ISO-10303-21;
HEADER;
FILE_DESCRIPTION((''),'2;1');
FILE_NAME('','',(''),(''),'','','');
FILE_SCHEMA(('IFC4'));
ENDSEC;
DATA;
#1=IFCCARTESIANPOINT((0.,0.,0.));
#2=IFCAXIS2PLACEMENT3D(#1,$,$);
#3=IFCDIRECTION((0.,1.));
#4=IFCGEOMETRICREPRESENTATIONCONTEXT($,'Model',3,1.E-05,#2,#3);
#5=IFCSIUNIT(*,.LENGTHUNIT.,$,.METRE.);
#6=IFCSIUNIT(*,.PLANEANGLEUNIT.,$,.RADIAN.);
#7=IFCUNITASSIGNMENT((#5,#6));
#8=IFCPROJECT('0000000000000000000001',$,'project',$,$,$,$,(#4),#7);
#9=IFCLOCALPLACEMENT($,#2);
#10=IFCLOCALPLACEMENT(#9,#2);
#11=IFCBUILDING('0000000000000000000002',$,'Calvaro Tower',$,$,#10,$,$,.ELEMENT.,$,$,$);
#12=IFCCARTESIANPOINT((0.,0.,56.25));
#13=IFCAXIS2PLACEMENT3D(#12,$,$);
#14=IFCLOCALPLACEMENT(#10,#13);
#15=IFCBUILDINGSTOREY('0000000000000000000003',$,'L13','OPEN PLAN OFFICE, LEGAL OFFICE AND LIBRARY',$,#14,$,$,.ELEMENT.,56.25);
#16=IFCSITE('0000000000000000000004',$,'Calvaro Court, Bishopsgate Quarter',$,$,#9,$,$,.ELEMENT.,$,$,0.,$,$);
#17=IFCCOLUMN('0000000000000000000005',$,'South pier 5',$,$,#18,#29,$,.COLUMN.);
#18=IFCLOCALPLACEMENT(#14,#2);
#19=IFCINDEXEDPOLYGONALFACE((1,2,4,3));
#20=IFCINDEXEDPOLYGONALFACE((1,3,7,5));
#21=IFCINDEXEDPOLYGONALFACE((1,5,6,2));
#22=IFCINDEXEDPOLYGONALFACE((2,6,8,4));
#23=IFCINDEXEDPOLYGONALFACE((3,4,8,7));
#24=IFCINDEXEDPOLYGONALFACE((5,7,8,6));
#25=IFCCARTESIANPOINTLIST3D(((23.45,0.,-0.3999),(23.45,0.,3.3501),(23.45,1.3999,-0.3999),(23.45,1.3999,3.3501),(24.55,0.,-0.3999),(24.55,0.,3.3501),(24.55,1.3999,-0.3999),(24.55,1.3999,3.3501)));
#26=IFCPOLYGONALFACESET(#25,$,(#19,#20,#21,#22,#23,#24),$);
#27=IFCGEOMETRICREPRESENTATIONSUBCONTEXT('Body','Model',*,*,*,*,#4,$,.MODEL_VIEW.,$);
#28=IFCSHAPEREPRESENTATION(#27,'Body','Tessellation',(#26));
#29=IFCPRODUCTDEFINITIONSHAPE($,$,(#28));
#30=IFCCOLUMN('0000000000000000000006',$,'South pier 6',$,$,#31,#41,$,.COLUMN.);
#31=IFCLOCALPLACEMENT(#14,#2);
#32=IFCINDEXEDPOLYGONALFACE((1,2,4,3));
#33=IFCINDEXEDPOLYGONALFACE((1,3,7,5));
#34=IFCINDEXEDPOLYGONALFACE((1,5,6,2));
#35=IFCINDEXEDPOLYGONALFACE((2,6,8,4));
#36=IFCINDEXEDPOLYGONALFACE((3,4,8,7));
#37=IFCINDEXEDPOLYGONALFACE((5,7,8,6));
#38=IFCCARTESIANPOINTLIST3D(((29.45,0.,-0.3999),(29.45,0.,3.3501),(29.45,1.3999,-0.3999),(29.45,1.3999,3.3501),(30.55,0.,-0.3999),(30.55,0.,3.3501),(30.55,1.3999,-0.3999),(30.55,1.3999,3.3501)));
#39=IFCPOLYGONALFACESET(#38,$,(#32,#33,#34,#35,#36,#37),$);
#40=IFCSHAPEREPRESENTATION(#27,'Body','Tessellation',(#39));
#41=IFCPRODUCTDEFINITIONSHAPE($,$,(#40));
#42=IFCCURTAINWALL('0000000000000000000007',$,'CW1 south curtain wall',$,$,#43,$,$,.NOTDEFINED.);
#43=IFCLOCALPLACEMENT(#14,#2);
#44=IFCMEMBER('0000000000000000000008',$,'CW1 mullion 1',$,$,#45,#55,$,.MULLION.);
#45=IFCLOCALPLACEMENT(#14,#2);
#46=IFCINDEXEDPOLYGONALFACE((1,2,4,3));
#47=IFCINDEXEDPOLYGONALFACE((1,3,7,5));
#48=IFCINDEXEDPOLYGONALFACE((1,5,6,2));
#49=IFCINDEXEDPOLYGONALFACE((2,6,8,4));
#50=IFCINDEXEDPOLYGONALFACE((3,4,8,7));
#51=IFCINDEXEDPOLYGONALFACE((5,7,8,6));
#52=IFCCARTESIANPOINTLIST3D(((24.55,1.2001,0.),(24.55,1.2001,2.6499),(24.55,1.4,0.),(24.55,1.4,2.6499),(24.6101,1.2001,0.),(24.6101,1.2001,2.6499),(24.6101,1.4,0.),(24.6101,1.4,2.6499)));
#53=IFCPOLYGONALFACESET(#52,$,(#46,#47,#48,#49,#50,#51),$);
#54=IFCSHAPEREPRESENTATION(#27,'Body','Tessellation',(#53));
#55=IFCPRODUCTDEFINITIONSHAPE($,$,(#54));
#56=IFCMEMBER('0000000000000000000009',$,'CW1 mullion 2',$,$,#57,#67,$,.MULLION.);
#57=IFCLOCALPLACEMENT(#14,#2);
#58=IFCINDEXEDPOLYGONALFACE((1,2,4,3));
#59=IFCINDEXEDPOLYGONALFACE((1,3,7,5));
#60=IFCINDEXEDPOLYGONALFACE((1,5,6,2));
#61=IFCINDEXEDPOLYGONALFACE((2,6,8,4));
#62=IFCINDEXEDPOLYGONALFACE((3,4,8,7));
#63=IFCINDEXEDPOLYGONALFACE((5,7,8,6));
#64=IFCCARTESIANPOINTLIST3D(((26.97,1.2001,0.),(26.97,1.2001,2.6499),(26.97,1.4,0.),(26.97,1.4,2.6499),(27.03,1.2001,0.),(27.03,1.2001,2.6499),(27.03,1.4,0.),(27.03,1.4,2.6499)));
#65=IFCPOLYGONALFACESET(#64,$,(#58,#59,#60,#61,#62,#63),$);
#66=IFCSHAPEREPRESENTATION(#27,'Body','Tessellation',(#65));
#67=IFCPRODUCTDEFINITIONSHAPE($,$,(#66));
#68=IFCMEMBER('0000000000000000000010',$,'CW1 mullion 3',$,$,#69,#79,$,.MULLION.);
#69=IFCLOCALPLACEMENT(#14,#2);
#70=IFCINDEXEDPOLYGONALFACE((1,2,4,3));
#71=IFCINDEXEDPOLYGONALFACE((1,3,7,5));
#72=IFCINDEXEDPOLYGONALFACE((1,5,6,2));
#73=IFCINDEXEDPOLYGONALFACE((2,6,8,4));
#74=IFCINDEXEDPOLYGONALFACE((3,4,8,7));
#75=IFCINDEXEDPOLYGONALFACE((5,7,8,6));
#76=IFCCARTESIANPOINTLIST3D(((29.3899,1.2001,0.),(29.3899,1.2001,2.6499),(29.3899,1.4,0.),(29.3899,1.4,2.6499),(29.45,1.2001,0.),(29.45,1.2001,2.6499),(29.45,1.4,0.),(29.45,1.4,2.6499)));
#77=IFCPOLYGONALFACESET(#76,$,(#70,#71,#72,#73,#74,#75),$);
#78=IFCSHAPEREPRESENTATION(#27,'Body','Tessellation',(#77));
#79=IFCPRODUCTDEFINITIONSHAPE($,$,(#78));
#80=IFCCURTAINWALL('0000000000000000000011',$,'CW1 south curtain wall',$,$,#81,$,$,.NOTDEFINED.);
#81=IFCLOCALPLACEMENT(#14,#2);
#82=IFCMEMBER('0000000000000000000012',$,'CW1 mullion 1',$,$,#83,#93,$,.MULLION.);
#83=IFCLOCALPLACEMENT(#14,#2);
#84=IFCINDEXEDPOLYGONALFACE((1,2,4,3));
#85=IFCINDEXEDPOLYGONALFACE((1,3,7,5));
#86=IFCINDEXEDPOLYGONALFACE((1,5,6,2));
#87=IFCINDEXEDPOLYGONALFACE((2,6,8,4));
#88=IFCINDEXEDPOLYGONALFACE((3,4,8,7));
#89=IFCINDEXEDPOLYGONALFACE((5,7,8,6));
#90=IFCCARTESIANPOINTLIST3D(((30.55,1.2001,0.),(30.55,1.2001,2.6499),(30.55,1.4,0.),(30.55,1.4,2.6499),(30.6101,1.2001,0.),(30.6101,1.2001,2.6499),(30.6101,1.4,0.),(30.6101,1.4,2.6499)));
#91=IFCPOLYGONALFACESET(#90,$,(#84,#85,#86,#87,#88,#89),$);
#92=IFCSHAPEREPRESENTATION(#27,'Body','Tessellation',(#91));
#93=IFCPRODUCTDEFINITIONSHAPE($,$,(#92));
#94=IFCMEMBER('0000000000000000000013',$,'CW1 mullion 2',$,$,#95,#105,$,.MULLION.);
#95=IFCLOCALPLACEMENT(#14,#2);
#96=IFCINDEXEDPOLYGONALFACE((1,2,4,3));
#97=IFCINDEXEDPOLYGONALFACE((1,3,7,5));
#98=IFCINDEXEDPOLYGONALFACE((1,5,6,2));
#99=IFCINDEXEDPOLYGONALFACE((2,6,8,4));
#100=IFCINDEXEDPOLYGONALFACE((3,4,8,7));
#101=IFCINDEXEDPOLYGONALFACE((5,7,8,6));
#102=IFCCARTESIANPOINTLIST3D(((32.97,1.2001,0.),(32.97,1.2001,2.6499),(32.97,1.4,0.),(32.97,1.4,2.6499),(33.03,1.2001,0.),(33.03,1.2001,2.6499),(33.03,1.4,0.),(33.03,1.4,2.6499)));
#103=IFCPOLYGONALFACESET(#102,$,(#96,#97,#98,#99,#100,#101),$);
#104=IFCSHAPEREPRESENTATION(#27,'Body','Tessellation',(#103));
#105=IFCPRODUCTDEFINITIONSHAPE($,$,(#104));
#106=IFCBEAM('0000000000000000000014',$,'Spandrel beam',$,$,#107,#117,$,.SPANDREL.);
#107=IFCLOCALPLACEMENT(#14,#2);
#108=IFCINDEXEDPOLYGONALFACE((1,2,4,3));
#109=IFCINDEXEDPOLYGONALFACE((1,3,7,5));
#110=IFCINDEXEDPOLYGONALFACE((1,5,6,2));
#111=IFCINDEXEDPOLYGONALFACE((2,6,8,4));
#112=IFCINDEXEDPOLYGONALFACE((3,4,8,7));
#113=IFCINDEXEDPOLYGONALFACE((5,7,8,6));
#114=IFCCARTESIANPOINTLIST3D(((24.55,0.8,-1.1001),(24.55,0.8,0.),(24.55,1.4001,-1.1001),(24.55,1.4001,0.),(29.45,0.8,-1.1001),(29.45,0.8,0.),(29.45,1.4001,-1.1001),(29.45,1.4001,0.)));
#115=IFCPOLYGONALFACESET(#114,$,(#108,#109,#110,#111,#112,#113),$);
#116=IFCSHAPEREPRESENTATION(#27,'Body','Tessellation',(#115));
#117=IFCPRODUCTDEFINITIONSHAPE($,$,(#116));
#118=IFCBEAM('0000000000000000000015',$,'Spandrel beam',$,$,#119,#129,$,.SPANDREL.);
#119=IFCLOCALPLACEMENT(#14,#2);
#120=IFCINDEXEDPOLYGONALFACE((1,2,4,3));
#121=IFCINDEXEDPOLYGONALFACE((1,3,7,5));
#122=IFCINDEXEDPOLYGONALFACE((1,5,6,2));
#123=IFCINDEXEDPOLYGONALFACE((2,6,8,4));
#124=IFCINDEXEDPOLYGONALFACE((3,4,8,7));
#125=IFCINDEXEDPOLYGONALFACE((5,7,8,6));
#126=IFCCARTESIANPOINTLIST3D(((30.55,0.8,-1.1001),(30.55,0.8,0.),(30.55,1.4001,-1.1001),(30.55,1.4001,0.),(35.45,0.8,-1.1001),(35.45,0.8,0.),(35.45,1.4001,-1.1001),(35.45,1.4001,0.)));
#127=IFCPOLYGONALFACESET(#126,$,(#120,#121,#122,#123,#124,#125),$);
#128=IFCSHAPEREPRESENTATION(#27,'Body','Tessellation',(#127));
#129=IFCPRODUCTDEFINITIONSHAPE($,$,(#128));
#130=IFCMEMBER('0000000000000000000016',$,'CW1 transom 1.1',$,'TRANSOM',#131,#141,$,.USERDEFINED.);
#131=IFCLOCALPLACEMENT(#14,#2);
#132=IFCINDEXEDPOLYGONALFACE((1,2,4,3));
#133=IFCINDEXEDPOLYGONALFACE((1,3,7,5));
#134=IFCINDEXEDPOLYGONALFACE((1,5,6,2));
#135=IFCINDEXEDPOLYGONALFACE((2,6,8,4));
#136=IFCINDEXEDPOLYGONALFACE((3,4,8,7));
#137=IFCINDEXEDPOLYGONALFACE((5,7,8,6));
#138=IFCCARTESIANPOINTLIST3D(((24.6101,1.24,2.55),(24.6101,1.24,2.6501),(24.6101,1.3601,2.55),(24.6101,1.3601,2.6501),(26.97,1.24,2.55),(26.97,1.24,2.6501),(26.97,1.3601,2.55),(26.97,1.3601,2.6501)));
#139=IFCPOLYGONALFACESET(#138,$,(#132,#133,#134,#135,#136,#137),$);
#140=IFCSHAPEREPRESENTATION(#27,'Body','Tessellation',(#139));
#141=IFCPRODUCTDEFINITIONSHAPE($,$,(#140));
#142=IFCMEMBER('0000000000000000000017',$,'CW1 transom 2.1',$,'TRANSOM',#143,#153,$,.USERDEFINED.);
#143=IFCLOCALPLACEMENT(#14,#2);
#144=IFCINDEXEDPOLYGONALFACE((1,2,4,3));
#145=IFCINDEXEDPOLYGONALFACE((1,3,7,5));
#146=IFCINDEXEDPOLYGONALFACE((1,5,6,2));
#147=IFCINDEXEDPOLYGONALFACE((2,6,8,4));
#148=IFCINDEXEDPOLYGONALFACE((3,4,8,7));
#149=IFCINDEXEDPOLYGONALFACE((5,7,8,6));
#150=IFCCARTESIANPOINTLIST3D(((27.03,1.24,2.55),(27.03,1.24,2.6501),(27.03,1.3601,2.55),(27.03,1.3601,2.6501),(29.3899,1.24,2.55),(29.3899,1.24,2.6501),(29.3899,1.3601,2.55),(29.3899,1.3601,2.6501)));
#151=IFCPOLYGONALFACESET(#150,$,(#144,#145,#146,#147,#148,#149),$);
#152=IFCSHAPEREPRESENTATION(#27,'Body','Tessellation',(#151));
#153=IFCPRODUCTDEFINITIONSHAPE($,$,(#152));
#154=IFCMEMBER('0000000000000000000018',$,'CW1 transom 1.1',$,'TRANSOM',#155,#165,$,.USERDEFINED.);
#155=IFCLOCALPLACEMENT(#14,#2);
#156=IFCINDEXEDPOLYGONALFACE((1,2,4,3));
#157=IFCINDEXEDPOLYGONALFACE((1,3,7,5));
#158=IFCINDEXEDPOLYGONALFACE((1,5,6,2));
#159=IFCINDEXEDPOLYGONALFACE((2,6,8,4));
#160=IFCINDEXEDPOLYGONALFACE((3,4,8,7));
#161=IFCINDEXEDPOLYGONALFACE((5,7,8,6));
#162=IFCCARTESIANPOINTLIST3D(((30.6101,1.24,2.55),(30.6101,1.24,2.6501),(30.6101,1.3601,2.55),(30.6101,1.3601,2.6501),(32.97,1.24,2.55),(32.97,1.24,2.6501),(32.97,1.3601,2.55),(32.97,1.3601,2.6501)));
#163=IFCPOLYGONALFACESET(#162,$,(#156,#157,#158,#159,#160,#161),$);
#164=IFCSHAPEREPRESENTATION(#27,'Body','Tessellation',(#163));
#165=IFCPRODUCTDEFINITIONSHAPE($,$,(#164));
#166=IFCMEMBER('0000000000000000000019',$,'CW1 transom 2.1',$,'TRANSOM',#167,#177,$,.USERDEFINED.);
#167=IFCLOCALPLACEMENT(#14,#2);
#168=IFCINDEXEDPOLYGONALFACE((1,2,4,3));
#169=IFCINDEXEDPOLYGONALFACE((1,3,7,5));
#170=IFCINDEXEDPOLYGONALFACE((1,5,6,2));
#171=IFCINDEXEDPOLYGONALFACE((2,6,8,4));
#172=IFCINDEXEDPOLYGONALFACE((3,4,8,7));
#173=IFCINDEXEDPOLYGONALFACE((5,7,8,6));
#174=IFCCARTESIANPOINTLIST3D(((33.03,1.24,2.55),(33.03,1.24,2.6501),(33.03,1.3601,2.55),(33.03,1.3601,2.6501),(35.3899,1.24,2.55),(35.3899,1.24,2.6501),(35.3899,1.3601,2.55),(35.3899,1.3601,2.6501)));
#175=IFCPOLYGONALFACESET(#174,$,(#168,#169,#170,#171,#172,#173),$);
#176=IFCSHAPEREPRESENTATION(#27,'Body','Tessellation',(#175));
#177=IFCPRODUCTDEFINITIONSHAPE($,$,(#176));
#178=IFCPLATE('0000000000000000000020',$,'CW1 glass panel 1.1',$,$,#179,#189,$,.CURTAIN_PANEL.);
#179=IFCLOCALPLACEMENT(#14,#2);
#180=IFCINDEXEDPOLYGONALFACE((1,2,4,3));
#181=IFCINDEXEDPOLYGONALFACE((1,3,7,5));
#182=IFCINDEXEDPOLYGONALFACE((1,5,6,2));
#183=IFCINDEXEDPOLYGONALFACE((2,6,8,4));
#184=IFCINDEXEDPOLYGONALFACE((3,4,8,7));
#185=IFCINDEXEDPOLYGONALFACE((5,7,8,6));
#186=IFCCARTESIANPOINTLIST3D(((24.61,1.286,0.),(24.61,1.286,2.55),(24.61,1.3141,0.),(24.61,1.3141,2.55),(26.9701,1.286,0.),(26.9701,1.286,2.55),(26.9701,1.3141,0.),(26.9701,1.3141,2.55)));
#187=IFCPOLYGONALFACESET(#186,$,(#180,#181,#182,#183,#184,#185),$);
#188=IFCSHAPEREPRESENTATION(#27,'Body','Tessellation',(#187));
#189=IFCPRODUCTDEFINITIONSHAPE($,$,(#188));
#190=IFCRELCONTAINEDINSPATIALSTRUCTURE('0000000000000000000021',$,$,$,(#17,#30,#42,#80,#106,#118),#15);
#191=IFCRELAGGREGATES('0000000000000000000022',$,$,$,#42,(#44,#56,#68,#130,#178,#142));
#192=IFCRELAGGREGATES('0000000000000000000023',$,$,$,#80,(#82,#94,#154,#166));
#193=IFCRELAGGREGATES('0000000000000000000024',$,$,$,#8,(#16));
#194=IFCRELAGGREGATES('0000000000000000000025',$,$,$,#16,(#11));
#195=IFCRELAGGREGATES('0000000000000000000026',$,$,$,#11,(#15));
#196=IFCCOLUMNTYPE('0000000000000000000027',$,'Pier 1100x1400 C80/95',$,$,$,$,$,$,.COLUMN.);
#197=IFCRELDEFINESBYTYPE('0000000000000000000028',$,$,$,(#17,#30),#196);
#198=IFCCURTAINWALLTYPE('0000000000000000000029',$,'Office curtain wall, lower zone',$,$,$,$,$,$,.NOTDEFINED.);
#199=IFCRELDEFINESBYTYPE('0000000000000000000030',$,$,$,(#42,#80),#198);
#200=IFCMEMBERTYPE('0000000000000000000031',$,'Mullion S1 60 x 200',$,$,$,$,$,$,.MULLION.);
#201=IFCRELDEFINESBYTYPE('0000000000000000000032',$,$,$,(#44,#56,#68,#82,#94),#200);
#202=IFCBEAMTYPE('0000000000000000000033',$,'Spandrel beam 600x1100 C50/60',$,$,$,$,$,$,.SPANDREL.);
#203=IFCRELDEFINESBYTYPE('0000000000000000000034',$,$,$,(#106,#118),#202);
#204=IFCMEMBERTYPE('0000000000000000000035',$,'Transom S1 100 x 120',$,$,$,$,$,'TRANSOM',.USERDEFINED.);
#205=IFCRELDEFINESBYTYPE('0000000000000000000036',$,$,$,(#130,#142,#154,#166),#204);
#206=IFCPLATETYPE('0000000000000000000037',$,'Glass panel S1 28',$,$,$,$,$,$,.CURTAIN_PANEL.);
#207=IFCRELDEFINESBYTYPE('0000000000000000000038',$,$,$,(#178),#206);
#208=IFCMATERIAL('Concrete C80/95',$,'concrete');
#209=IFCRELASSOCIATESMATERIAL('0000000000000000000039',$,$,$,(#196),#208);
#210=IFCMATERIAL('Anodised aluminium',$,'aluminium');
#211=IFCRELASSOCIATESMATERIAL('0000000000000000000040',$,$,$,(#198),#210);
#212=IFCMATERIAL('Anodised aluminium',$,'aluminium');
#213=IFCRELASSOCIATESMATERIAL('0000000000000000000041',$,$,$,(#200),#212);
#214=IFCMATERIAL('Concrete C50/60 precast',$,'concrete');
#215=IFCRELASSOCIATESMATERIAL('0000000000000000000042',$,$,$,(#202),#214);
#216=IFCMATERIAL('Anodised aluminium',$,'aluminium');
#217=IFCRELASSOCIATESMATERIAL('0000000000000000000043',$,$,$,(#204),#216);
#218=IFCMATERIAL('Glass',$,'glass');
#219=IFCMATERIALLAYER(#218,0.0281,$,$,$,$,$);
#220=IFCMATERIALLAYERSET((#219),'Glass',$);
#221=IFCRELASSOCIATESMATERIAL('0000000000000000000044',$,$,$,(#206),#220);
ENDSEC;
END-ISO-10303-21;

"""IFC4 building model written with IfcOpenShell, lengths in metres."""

from ifc_helpers import new_model, si_unit, direction, frame, origin, origin_2d, place, context, subcontext, project, spatial, rectangle, extrude, material, layer, layer_set, material_profile, profile_set, type_object, element, aggregate, save


model = new_model("IFC4")

# Units and contexts
model_context = context("Model", 3, precision=1e-05, world=origin(), true_north=direction((0.0, 1.0)))
body_context = subcontext(model_context, "Body", "Model", "MODEL_VIEW")
ifc_project = project(units=[si_unit("LENGTHUNIT", "METRE"), si_unit("PLANEANGLEUNIT", "RADIAN")], contexts=[model_context])

# Site, building, storey
site_placement = place(None, origin())
site = spatial("IfcSite", under=ifc_project, at=site_placement, Name="Calvaro Court, Bishopsgate Quarter", CompositionType="ELEMENT", RefElevation=0.0)
building_placement = place(site_placement, origin())
building = spatial("IfcBuilding", under=site, at=building_placement, Name="Calvaro Tower", CompositionType="ELEMENT")
storey_placement = place(building_placement, frame((0.0, 0.0, 56.25)))
storey = spatial("IfcBuildingStorey", under=building, at=storey_placement, Name="L13", Description="OPEN PLAN OFFICE, LEGAL OFFICE AND LIBRARY", CompositionType="ELEMENT", Elevation=56.25)

# Columns
ifc_material_1 = material(Name="Concrete C80/95", Category="concrete")
ifc_material_profile_1 = material_profile(ifc_material_1, rectangle(XDim=1.1001, YDim=1.3999, at=origin_2d()), Name="RC 1100x1400")
ifc_profile_set_1 = profile_set([ifc_material_profile_1], Name="Concrete C80/95")
column_type = type_object("IfcColumnType", Name="Pier 1100x1400 C80/95", PredefinedType="COLUMN", material=ifc_profile_set_1)
for number, where, z_axis, x_axis, name in (
    (1, (24.0, 0.7, -0.3999), (0.0, 0.0, 1.0), (1.0, 0.0, 0.0), "South pier 5"),
    (2, (30.0, 0.7, -0.3999), (0.0, 0.0, 1.0), (1.0, 0.0, 0.0), "South pier 6"),
):
    element("IfcColumn", number, at=place(storey_placement, frame(where, z_axis=z_axis, x_axis=x_axis)), inside=storey, type_object=column_type, Name=name, PredefinedType="COLUMN", context=body_context, shape_type="SweptSolid", body=[
        extrude(rectangle(XDim=1.1001, YDim=1.3999, at=origin_2d()), origin(), (0.0, 0.0, 1.0), 3.75),
    ])

# Curtain walls, members
ifc_material_2 = material(Name="Anodised aluminium", Category="aluminium")
curtain_wall_type = type_object("IfcCurtainWallType", Name="Office curtain wall, lower zone", PredefinedType="NOTDEFINED", material=ifc_material_2)
curtain_wall_1_placement = place(storey_placement, origin())
curtain_wall_1 = element("IfcCurtainWall", 3, at=curtain_wall_1_placement, inside=storey, type_object=curtain_wall_type, Name="CW1 south curtain wall", PredefinedType="NOTDEFINED")
ifc_material_3 = material(Name="Anodised aluminium", Category="aluminium")
ifc_material_profile_2 = material_profile(ifc_material_3, rectangle(XDim=0.2, YDim=0.0601, at=origin_2d()), Name="Mullion S1 60 x 200")
ifc_profile_set_2 = profile_set([ifc_material_profile_2], Name="Anodised aluminium")
member_type_1 = type_object("IfcMemberType", Name="Mullion S1 60 x 200", PredefinedType="MULLION", material=ifc_profile_set_2)
member_1_placement = place(storey_placement, frame((24.5801, 1.3, 0.0), z_axis=(0.0, 0.0, 1.0), x_axis=(0.0, 1.0, 0.0)))
member_1 = element("IfcMember", 4, at=member_1_placement, type_object=member_type_1, Name="CW1 mullion 1", PredefinedType="MULLION", context=body_context, shape_type="SweptSolid", body=[
    extrude(rectangle(XDim=0.2, YDim=0.0601, at=origin_2d()), origin(), (0.0, 0.0, 1.0), 2.6499),
])
member_2_placement = place(storey_placement, frame((27.0, 1.3, 0.0), z_axis=(0.0, 0.0, 1.0), x_axis=(0.0, 1.0, 0.0)))
member_2 = element("IfcMember", 5, at=member_2_placement, type_object=member_type_1, Name="CW1 mullion 2", PredefinedType="MULLION", context=body_context, shape_type="SweptSolid", body=[
    extrude(rectangle(XDim=0.2, YDim=0.0601, at=origin_2d()), origin(), (0.0, 0.0, 1.0), 2.6499),
])
member_3_placement = place(storey_placement, frame((29.4199, 1.3, 0.0), z_axis=(0.0, 0.0, 1.0), x_axis=(0.0, 1.0, 0.0)))
member_3 = element("IfcMember", 6, at=member_3_placement, type_object=member_type_1, Name="CW1 mullion 3", PredefinedType="MULLION", context=body_context, shape_type="SweptSolid", body=[
    extrude(rectangle(XDim=0.2, YDim=0.0601, at=origin_2d()), origin(), (0.0, 0.0, 1.0), 2.6499),
])
curtain_wall_2_placement = place(storey_placement, origin())
curtain_wall_2 = element("IfcCurtainWall", 7, at=curtain_wall_2_placement, inside=storey, type_object=curtain_wall_type, Name="CW1 south curtain wall", PredefinedType="NOTDEFINED")
member_4_placement = place(storey_placement, frame((30.5801, 1.3, 0.0), z_axis=(0.0, 0.0, 1.0), x_axis=(0.0, 1.0, 0.0)))
member_4 = element("IfcMember", 8, at=member_4_placement, type_object=member_type_1, Name="CW1 mullion 1", PredefinedType="MULLION", context=body_context, shape_type="SweptSolid", body=[
    extrude(rectangle(XDim=0.2, YDim=0.0601, at=origin_2d()), origin(), (0.0, 0.0, 1.0), 2.6499),
])
member_5_placement = place(storey_placement, frame((33.0, 1.3, 0.0), z_axis=(0.0, 0.0, 1.0), x_axis=(0.0, 1.0, 0.0)))
member_5 = element("IfcMember", 9, at=member_5_placement, type_object=member_type_1, Name="CW1 mullion 2", PredefinedType="MULLION", context=body_context, shape_type="SweptSolid", body=[
    extrude(rectangle(XDim=0.2, YDim=0.0601, at=origin_2d()), origin(), (0.0, 0.0, 1.0), 2.6499),
])

# Beams
ifc_material_4 = material(Name="Concrete C50/60 precast", Category="concrete")
ifc_material_profile_3 = material_profile(ifc_material_4, rectangle(XDim=0.6001, YDim=1.1001, at=origin_2d()), Name="RC 600x1100")
ifc_profile_set_3 = profile_set([ifc_material_profile_3], Name="Concrete C50/60 precast")
beam_type = type_object("IfcBeamType", Name="Spandrel beam 600x1100 C50/60", PredefinedType="SPANDREL", material=ifc_profile_set_3)
for number, where, z_axis, x_axis, name in (
    (10, (24.55, 1.1001, -0.55), (1.0, 0.0, 0.0), (0.0, 1.0, 0.0), "Spandrel beam"),
    (11, (30.55, 1.1001, -0.55), (1.0, 0.0, 0.0), (0.0, 1.0, 0.0), "Spandrel beam"),
):
    element("IfcBeam", number, at=place(storey_placement, frame(where, z_axis=z_axis, x_axis=x_axis)), inside=storey, type_object=beam_type, Name=name, PredefinedType="SPANDREL", context=body_context, shape_type="SweptSolid", body=[
        extrude(rectangle(XDim=0.6001, YDim=1.1001, at=origin_2d()), origin(), (0.0, 0.0, 1.0), 4.8999),
    ])

# Members
ifc_material_5 = material(Name="Anodised aluminium", Category="aluminium")
ifc_material_profile_4 = material_profile(ifc_material_5, rectangle(XDim=0.1201, YDim=0.1001, at=origin_2d()), Name="Transom S1 100 x 120")
ifc_profile_set_4 = profile_set([ifc_material_profile_4], Name="Anodised aluminium")
member_type_2 = type_object("IfcMemberType", Name="Transom S1 100 x 120", ElementType="TRANSOM", PredefinedType="USERDEFINED", material=ifc_profile_set_4)
member_6_placement = place(storey_placement, frame((24.6101, 1.3, 2.6001), z_axis=(1.0, 0.0, 0.0), x_axis=(0.0, 1.0, 0.0)))
member_6 = element("IfcMember", 12, at=member_6_placement, type_object=member_type_2, Name="CW1 transom 1.1", ObjectType="TRANSOM", PredefinedType="USERDEFINED", context=body_context, shape_type="SweptSolid", body=[
    extrude(rectangle(XDim=0.1201, YDim=0.1001, at=origin_2d()), origin(), (0.0, 0.0, 1.0), 2.3599),
])
member_7_placement = place(storey_placement, frame((27.03, 1.3, 2.6001), z_axis=(1.0, 0.0, 0.0), x_axis=(0.0, 1.0, 0.0)))
member_7 = element("IfcMember", 13, at=member_7_placement, type_object=member_type_2, Name="CW1 transom 2.1", ObjectType="TRANSOM", PredefinedType="USERDEFINED", context=body_context, shape_type="SweptSolid", body=[
    extrude(rectangle(XDim=0.1201, YDim=0.1001, at=origin_2d()), origin(), (0.0, 0.0, 1.0), 2.3599),
])
member_8_placement = place(storey_placement, frame((30.6101, 1.3, 2.6001), z_axis=(1.0, 0.0, 0.0), x_axis=(0.0, 1.0, 0.0)))
member_8 = element("IfcMember", 14, at=member_8_placement, type_object=member_type_2, Name="CW1 transom 1.1", ObjectType="TRANSOM", PredefinedType="USERDEFINED", context=body_context, shape_type="SweptSolid", body=[
    extrude(rectangle(XDim=0.1201, YDim=0.1001, at=origin_2d()), origin(), (0.0, 0.0, 1.0), 2.3599),
])
member_9_placement = place(storey_placement, frame((33.03, 1.3, 2.6001), z_axis=(1.0, 0.0, 0.0), x_axis=(0.0, 1.0, 0.0)))
member_9 = element("IfcMember", 15, at=member_9_placement, type_object=member_type_2, Name="CW1 transom 2.1", ObjectType="TRANSOM", PredefinedType="USERDEFINED", context=body_context, shape_type="SweptSolid", body=[
    extrude(rectangle(XDim=0.1201, YDim=0.1001, at=origin_2d()), origin(), (0.0, 0.0, 1.0), 2.3599),
])

# Plate
ifc_material_6 = material(Name="Glass", Category="glass")
ifc_layer = layer(ifc_material_6, 0.0281)
ifc_layer_set = layer_set([ifc_layer], Name="Glass")
plate_type = type_object("IfcPlateType", Name="Glass panel S1 28", PredefinedType="CURTAIN_PANEL", material=ifc_layer_set)
plate_1_placement = place(storey_placement, frame((25.79, 1.3, 0.0), z_axis=(0.0, 0.0, 1.0), x_axis=(1.0, 0.0, 0.0)))
plate_1 = element("IfcPlate", 16, at=plate_1_placement, type_object=plate_type, Name="CW1 glass panel 1.1", PredefinedType="CURTAIN_PANEL", context=body_context, shape_type="SweptSolid", body=[
    extrude(rectangle(XDim=2.3601, YDim=0.0281, at=origin_2d()), origin(), (0.0, 0.0, 1.0), 2.55),
])
aggregate(curtain_wall_1, [member_1, member_2, member_3, member_6, plate_1, member_7])
aggregate(curtain_wall_2, [member_4, member_5, member_8, member_9])

save(model, "model.ifc")
